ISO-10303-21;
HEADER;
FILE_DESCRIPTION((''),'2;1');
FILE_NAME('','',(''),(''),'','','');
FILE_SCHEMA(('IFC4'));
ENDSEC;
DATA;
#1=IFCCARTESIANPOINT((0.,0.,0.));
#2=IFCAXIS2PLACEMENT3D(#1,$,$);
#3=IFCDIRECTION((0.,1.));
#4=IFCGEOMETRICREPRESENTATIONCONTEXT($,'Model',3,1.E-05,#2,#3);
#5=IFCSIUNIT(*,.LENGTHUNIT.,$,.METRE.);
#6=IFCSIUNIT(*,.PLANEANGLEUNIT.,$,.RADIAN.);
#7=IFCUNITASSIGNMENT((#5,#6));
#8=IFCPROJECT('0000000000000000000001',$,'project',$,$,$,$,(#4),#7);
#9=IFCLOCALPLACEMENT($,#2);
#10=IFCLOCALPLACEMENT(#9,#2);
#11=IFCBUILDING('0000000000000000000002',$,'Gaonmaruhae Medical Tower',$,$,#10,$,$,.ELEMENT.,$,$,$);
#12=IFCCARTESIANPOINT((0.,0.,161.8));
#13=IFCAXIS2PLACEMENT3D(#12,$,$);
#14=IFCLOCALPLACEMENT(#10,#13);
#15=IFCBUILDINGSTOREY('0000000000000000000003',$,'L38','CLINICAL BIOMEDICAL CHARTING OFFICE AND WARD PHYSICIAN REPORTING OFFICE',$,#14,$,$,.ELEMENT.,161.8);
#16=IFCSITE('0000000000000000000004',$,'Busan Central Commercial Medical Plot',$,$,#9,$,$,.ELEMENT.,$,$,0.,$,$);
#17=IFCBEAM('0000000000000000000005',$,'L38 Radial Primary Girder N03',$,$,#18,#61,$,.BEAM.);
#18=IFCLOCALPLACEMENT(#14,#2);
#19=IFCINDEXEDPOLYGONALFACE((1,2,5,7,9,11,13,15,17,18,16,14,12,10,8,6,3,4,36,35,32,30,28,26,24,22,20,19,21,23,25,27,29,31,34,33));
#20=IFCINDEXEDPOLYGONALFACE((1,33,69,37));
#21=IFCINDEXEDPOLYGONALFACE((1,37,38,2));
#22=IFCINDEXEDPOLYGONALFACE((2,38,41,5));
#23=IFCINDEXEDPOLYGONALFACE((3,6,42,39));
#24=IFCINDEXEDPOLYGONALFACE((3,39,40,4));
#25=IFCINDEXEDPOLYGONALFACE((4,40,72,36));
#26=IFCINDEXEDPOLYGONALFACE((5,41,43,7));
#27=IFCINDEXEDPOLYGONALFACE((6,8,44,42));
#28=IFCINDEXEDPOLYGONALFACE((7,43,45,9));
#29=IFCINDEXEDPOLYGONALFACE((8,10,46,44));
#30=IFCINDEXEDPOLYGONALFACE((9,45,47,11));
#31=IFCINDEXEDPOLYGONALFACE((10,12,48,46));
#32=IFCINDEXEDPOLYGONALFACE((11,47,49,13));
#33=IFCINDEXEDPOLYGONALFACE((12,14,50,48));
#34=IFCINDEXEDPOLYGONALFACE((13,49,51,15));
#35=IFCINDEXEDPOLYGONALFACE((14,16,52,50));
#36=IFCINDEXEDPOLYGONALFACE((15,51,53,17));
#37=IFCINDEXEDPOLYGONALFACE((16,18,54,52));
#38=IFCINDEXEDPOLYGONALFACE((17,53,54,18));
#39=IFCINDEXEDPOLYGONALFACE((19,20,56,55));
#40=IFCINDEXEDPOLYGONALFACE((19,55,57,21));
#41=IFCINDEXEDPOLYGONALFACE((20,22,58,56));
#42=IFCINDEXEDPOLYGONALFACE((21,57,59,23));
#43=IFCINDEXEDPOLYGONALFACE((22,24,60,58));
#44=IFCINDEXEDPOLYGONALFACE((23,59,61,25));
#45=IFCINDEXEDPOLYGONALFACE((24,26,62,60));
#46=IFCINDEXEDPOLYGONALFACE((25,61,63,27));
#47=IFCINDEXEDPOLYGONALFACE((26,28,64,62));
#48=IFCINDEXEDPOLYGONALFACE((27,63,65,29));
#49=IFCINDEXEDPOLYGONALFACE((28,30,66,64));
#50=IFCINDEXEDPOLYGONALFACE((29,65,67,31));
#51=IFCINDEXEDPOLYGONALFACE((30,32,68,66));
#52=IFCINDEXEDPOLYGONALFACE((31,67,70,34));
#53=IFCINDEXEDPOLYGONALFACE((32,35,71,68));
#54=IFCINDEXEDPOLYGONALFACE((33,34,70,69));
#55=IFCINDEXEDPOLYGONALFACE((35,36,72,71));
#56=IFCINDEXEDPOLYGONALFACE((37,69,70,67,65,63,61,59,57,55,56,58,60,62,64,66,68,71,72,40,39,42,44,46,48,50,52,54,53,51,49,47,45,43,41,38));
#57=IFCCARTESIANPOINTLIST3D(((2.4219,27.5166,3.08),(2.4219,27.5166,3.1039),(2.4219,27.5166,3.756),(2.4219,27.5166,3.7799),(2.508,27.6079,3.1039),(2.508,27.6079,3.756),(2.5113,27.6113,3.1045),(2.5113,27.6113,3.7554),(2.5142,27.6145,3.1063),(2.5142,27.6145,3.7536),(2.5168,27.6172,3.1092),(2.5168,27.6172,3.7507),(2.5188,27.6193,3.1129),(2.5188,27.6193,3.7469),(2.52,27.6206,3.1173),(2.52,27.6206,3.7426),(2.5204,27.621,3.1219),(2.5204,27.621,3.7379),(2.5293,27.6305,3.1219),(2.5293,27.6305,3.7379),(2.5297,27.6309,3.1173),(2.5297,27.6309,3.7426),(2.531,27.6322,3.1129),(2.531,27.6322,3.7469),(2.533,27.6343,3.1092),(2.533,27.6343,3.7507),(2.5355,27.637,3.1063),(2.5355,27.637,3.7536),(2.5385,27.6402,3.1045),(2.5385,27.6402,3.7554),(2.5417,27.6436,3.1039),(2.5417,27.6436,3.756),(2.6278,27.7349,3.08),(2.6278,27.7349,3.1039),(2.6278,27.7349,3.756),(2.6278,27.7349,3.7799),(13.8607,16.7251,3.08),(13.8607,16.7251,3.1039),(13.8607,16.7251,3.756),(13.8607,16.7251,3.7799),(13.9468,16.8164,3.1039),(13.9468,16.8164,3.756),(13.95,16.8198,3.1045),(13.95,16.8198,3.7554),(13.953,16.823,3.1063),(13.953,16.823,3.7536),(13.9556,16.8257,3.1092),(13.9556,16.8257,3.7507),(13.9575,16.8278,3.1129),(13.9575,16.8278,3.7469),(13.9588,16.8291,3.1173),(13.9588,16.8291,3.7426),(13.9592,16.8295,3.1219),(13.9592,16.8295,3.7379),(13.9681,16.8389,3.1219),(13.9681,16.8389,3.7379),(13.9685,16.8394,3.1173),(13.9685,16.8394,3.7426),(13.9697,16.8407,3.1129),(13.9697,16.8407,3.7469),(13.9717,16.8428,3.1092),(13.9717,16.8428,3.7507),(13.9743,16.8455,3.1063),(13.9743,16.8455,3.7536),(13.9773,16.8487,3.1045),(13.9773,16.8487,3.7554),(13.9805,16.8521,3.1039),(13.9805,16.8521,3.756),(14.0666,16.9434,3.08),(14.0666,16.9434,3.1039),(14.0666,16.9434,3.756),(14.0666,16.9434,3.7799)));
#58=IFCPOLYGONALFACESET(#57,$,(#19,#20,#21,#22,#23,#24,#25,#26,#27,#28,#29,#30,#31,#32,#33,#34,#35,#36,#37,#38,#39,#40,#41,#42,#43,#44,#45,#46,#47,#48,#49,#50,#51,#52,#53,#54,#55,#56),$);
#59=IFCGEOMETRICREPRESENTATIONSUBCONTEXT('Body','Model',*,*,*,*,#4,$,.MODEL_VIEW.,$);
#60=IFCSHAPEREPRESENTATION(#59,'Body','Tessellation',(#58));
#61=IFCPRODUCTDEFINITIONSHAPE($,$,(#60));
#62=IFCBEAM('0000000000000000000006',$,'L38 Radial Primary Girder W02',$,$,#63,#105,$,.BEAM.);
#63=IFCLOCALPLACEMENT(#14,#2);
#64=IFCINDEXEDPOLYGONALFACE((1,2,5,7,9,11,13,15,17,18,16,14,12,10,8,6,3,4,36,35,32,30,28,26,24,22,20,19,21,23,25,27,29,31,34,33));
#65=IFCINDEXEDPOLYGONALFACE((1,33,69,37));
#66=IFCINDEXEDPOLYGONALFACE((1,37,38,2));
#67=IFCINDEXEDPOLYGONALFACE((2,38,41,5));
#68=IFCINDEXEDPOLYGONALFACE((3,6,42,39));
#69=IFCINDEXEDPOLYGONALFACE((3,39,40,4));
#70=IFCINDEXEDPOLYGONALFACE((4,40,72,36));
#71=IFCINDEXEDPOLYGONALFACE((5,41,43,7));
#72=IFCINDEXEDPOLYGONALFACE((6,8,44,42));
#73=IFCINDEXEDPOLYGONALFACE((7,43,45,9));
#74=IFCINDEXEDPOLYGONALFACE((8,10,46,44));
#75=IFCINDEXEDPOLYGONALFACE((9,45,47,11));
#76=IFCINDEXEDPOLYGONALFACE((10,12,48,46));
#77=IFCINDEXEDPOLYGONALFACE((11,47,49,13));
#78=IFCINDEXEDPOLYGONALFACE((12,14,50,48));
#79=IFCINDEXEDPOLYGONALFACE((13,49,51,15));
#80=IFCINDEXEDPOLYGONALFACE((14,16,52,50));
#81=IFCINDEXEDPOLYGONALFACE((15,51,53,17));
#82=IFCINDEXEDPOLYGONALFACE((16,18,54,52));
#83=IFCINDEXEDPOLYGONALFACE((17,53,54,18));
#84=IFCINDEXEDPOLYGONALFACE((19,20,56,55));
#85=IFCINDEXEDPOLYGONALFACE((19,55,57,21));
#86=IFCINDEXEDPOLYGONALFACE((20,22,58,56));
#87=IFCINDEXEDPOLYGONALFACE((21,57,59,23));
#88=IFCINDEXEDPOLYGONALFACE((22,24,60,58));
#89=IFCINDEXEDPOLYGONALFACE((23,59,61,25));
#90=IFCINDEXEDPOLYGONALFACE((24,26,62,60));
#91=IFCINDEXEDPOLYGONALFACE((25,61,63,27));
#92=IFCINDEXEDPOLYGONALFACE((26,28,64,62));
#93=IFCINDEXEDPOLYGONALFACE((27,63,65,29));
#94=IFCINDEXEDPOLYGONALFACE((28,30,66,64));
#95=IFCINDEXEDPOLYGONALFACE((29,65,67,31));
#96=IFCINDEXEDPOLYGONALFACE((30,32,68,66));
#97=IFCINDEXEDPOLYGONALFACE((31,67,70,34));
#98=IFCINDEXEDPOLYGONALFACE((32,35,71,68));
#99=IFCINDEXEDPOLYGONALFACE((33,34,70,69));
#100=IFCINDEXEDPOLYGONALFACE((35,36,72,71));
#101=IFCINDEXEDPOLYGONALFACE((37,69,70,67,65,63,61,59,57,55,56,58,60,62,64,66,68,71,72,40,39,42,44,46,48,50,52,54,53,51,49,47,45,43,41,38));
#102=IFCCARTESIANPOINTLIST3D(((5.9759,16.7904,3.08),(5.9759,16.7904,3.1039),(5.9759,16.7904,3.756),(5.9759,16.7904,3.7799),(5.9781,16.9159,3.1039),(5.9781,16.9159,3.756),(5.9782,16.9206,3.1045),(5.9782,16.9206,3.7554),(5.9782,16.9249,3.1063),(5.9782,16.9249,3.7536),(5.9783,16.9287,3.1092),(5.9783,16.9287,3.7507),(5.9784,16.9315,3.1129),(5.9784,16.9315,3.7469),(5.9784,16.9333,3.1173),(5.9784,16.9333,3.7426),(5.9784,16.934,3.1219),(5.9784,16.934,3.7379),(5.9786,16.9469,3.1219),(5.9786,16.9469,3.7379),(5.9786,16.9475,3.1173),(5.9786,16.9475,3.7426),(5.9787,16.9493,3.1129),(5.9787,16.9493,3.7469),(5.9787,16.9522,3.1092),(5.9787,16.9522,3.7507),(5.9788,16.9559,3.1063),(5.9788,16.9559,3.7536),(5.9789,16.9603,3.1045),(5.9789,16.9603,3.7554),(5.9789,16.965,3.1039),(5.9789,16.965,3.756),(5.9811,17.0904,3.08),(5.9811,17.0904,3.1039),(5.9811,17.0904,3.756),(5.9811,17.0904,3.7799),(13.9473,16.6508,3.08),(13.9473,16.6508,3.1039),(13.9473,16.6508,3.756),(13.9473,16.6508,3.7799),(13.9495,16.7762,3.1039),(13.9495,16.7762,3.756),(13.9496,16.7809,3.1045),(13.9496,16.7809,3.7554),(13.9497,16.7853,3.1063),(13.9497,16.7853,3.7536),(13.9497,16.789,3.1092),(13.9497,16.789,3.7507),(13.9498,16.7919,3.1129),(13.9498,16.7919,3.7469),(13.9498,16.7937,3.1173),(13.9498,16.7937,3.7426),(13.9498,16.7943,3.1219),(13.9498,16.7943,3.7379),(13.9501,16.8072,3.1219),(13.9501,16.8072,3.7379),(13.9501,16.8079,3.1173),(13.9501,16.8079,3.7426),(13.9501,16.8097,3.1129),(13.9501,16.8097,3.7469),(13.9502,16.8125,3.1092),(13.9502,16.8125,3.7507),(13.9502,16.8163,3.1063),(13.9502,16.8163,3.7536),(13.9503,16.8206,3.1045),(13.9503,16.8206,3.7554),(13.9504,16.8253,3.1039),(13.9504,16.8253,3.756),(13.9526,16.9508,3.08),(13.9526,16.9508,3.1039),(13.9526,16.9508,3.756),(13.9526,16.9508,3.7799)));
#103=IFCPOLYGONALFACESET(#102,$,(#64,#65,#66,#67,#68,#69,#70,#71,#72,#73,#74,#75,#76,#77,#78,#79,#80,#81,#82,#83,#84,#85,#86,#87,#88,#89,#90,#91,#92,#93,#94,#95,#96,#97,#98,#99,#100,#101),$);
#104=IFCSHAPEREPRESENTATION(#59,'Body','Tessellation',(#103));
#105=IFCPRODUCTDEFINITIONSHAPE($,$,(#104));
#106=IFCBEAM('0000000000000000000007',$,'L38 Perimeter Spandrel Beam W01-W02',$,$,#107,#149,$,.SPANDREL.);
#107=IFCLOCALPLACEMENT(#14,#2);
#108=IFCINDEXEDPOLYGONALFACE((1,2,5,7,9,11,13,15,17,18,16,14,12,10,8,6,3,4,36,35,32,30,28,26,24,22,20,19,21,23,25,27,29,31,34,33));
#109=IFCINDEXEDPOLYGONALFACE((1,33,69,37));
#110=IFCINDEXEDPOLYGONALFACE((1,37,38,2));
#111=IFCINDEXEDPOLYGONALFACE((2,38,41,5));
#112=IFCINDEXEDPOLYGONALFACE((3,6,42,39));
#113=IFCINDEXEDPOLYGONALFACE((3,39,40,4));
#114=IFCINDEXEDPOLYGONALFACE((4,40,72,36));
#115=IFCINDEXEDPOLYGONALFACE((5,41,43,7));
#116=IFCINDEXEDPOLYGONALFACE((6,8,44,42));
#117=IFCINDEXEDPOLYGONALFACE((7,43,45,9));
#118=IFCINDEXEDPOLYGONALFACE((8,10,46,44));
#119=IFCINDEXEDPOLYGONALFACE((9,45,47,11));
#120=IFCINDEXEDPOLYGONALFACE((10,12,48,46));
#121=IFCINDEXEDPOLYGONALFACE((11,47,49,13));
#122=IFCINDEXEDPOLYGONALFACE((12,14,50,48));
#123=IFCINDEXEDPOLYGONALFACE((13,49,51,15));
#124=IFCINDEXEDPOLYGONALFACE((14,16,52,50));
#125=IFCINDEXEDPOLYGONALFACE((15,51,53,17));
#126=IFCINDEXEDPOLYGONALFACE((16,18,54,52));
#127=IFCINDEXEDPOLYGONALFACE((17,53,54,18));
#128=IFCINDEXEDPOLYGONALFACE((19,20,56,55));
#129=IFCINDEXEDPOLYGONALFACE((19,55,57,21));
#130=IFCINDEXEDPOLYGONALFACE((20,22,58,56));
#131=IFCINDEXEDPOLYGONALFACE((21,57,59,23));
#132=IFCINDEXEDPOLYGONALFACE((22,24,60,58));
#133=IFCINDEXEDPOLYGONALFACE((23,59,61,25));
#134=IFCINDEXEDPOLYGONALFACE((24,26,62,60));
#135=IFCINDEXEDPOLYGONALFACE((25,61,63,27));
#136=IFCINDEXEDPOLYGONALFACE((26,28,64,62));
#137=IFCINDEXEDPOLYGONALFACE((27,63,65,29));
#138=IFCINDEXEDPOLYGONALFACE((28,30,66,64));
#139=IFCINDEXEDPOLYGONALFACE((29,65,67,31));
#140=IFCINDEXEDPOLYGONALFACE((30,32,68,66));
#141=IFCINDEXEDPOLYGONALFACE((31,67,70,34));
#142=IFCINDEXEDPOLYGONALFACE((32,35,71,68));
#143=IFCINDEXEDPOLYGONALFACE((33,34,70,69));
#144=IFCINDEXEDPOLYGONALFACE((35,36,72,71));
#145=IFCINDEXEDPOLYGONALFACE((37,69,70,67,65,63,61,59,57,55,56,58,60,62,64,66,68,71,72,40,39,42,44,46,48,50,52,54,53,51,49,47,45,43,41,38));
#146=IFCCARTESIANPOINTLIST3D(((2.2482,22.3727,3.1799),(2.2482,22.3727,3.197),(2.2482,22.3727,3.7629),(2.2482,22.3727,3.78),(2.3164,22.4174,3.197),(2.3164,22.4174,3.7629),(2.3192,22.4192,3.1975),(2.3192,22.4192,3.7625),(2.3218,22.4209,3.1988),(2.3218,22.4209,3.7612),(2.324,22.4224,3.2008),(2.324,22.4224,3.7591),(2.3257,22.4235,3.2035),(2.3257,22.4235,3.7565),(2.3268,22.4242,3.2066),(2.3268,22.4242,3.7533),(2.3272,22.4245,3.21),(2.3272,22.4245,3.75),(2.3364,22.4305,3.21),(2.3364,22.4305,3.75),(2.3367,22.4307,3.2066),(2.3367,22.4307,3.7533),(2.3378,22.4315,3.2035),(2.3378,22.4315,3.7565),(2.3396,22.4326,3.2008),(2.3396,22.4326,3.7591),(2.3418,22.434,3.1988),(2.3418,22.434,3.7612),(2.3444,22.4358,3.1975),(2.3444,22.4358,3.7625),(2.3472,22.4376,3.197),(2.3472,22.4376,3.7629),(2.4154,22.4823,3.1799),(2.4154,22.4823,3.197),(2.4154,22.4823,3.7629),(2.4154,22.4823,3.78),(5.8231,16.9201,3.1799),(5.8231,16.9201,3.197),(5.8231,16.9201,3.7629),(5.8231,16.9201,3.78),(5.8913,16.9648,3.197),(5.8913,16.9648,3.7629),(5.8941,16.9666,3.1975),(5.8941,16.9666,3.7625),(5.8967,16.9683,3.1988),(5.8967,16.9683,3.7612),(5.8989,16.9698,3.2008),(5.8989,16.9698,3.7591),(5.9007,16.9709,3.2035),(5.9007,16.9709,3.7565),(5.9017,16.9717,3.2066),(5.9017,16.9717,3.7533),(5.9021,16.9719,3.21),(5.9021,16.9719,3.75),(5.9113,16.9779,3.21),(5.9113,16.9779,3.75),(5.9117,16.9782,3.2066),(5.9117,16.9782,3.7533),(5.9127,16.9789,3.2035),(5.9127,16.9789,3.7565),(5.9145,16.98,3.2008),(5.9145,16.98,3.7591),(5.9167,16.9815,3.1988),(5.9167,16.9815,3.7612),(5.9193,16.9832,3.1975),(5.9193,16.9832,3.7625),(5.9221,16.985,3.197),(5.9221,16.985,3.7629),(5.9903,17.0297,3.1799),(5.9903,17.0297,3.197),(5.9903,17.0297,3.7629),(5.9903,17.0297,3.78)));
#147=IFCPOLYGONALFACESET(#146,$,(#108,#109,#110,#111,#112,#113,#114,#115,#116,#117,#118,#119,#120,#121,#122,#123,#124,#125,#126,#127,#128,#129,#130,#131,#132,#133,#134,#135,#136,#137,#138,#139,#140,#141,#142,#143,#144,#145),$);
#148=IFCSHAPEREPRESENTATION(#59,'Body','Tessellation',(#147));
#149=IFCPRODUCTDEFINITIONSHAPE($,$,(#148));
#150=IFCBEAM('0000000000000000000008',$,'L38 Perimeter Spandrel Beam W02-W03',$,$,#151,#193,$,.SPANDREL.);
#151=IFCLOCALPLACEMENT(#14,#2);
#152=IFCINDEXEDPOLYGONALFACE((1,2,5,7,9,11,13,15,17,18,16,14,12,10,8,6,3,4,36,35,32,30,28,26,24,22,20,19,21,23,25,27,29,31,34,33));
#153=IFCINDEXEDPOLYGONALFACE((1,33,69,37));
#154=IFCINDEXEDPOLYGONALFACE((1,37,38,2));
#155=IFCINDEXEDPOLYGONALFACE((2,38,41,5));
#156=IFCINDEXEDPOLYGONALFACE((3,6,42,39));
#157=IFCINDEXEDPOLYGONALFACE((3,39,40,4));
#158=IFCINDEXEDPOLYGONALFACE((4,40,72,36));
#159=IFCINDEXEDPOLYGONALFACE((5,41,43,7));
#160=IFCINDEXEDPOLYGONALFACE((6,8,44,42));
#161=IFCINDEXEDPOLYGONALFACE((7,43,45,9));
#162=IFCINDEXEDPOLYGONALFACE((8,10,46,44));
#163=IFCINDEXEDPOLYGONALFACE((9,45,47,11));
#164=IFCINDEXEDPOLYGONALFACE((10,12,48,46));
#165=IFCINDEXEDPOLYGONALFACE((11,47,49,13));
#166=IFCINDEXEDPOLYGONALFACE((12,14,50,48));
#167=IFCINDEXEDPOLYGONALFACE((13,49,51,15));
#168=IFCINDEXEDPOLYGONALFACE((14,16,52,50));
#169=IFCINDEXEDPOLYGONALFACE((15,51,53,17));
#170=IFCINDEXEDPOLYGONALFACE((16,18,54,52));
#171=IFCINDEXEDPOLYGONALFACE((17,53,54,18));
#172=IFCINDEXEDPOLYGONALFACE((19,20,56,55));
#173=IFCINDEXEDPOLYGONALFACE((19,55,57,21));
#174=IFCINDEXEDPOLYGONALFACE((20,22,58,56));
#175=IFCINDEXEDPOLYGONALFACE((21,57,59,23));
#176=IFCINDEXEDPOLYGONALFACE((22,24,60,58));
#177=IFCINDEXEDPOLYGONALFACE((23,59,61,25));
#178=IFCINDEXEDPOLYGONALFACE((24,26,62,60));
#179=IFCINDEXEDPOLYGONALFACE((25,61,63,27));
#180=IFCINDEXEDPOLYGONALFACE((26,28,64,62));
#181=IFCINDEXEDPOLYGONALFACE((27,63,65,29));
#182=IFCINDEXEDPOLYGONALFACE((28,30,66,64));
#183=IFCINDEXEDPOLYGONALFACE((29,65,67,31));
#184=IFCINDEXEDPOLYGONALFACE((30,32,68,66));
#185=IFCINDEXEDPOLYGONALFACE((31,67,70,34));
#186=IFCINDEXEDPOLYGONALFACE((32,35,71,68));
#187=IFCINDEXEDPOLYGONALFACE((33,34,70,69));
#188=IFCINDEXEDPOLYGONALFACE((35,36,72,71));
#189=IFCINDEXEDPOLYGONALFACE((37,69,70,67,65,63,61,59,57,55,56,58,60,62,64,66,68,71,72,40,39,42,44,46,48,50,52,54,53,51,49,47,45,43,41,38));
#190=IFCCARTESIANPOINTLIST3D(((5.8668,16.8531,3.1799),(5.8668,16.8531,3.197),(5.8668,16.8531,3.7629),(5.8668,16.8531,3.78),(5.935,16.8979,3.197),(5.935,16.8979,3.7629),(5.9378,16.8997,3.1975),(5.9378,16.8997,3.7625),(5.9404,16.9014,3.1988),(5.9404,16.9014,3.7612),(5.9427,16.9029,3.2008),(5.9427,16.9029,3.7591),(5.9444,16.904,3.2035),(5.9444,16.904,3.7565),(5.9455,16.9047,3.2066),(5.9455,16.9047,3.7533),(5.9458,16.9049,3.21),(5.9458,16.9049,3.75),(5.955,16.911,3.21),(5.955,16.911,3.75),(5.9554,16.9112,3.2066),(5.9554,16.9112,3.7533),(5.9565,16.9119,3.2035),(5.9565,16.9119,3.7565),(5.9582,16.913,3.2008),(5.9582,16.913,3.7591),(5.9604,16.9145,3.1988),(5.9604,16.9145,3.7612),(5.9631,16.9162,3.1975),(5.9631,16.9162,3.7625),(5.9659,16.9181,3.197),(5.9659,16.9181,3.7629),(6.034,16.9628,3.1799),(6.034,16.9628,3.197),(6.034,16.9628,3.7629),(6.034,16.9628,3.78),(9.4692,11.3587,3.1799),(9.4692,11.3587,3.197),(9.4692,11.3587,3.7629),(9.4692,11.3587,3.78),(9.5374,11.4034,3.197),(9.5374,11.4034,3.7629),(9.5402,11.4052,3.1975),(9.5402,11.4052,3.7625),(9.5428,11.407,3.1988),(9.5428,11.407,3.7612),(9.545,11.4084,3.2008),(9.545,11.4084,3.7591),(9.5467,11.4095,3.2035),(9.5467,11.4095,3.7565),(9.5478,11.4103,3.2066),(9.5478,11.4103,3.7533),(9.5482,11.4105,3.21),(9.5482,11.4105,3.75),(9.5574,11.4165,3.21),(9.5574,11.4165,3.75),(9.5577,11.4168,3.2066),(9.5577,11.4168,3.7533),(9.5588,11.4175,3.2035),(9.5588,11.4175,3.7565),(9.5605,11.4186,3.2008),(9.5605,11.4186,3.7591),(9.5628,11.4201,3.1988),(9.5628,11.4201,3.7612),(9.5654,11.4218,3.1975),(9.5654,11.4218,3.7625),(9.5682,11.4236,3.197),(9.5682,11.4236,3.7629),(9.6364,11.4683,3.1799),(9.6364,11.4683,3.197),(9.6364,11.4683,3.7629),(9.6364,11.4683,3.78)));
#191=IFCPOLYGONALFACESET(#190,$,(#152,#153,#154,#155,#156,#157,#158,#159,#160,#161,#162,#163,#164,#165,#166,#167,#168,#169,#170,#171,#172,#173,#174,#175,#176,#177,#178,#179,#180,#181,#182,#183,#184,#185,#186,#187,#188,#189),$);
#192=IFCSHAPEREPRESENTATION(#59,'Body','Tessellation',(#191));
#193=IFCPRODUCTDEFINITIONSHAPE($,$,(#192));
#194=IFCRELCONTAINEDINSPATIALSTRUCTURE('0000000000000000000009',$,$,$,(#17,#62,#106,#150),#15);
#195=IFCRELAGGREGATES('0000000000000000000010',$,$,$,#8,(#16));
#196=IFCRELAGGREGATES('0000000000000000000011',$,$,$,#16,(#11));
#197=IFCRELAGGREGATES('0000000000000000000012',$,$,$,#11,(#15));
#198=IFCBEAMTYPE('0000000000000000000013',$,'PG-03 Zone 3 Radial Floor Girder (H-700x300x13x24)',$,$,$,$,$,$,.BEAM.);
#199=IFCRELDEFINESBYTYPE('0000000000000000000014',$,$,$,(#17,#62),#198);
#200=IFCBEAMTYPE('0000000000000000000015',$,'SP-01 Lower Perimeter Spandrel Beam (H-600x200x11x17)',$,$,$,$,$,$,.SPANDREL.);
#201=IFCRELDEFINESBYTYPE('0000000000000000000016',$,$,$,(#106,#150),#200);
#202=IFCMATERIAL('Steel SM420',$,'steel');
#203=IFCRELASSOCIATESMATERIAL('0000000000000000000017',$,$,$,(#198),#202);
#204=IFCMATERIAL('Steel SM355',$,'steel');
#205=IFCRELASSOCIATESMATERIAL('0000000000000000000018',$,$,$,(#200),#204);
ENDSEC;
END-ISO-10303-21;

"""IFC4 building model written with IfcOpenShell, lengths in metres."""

from ifc_helpers import new_model, si_unit, direction, frame, origin, origin_2d, place, context, subcontext, project, spatial, i_section, extrude, material, material_profile, profile_set, type_object, element, save


model = new_model("IFC4")

# Units and contexts
model_context = context("Model", 3, precision=1e-05, world=origin(), true_north=direction((0.0, 1.0)))
body_context = subcontext(model_context, "Body", "Model", "MODEL_VIEW")
ifc_project = project(units=[si_unit("LENGTHUNIT", "METRE"), si_unit("PLANEANGLEUNIT", "RADIAN")], contexts=[model_context])

# Site, building, storey
site_placement = place(None, origin())
site = spatial("IfcSite", under=ifc_project, at=site_placement, Name="Busan Central Commercial Medical Plot", CompositionType="ELEMENT", RefElevation=0.0)
building_placement = place(site_placement, origin())
building = spatial("IfcBuilding", under=site, at=building_placement, Name="Gaonmaruhae Medical Tower", CompositionType="ELEMENT")
storey_placement = place(building_placement, frame((0.0, 0.0, 161.8)))
storey = spatial("IfcBuildingStorey", under=building, at=storey_placement, Name="L38", Description="CLINICAL BIOMEDICAL CHARTING OFFICE AND WARD PHYSICIAN REPORTING OFFICE", CompositionType="ELEMENT", Elevation=161.8)

# Beams
ifc_material_1 = material(Name="Steel SM355", Category="steel")
ifc_material_2 = material(Name="Steel SM420", Category="steel")
ifc_material_profile_1 = material_profile(ifc_material_2, i_section(OverallWidth=0.3, OverallDepth=0.7, WebThickness=0.0129, FlangeThickness=0.0239, FilletRadius=0.0181, at=origin_2d()), Name="H-700x300x13x24")
ifc_profile_set_1 = profile_set([ifc_material_profile_1], Name="Steel SM420")
beam_type_1 = type_object("IfcBeamType", Name="PG-03 Zone 3 Radial Floor Girder (H-700x300x13x24)", PredefinedType="BEAM", material=ifc_profile_set_1)
beam_1_placement = place(storey_placement, frame((13.9636, 16.8342, 3.4299), z_axis=(-0.727385, 0.686229, 0.0), x_axis=(-0.686229, -0.727385, 0.0)))
element("IfcBeam", 1, at=beam_1_placement, inside=storey, type_object=beam_type_1, Name="L38 Radial Primary Girder N03", PredefinedType="BEAM", context=body_context, shape_type="SweptSolid", body=[
    extrude(i_section(OverallWidth=0.3, OverallDepth=0.7, WebThickness=0.0129, FlangeThickness=0.0239, FilletRadius=0.0181, at=origin_2d()), origin(), (0.0, 0.0, 1.0), 15.7258),
])
beam_2_placement = place(storey_placement, frame((13.95, 16.8008, 3.4299), z_axis=(-0.999847, 0.017516, 0.0), x_axis=(-0.017516, -0.999847, 0.0)))
element("IfcBeam", 2, at=beam_2_placement, inside=storey, type_object=beam_type_1, Name="L38 Radial Primary Girder W02", PredefinedType="BEAM", context=body_context, shape_type="SweptSolid", body=[
    extrude(i_section(OverallWidth=0.3, OverallDepth=0.7, WebThickness=0.0129, FlangeThickness=0.0239, FilletRadius=0.0181, at=origin_2d()), origin(), (0.0, 0.0, 1.0), 7.9727),
])
ifc_material_profile_2 = material_profile(ifc_material_1, i_section(OverallWidth=0.2, OverallDepth=0.6001, WebThickness=0.011, FlangeThickness=0.0171, FilletRadius=0.0129, at=origin_2d()), Name="H-600x200x11x17")
ifc_profile_set_2 = profile_set([ifc_material_profile_2], Name="Steel SM355")
beam_type_2 = type_object("IfcBeamType", Name="SP-01 Lower Perimeter Spandrel Beam (H-600x200x11x17)", PredefinedType="SPANDREL", material=ifc_profile_set_2)
beam_3_placement = place(storey_placement, frame((2.3318, 22.4275, 3.48), z_axis=(0.548298, -0.836283, 0.0), x_axis=(0.836283, 0.548298, 0.0)))
element("IfcBeam", 3, at=beam_3_placement, inside=storey, type_object=beam_type_2, Name="L38 Perimeter Spandrel Beam W01-W02", PredefinedType="SPANDREL", context=body_context, shape_type="SweptSolid", body=[
    extrude(i_section(OverallWidth=0.2, OverallDepth=0.6001, WebThickness=0.011, FlangeThickness=0.0171, FilletRadius=0.0129, at=origin_2d()), origin(), (0.0, 0.0, 1.0), 6.52),
])
beam_4_placement = place(storey_placement, frame((5.9504, 16.908, 3.48), z_axis=(0.548295, -0.836285, 0.0), x_axis=(0.836285, 0.548295, 0.0)))
element("IfcBeam", 4, at=beam_4_placement, inside=storey, type_object=beam_type_2, Name="L38 Perimeter Spandrel Beam W02-W03", PredefinedType="SPANDREL", context=body_context, shape_type="SweptSolid", body=[
    extrude(i_section(OverallWidth=0.2, OverallDepth=0.6001, WebThickness=0.011, FlangeThickness=0.0171, FilletRadius=0.0129, at=origin_2d()), origin(), (0.0, 0.0, 1.0), 6.5701),
])

save(model, "model.ifc")
